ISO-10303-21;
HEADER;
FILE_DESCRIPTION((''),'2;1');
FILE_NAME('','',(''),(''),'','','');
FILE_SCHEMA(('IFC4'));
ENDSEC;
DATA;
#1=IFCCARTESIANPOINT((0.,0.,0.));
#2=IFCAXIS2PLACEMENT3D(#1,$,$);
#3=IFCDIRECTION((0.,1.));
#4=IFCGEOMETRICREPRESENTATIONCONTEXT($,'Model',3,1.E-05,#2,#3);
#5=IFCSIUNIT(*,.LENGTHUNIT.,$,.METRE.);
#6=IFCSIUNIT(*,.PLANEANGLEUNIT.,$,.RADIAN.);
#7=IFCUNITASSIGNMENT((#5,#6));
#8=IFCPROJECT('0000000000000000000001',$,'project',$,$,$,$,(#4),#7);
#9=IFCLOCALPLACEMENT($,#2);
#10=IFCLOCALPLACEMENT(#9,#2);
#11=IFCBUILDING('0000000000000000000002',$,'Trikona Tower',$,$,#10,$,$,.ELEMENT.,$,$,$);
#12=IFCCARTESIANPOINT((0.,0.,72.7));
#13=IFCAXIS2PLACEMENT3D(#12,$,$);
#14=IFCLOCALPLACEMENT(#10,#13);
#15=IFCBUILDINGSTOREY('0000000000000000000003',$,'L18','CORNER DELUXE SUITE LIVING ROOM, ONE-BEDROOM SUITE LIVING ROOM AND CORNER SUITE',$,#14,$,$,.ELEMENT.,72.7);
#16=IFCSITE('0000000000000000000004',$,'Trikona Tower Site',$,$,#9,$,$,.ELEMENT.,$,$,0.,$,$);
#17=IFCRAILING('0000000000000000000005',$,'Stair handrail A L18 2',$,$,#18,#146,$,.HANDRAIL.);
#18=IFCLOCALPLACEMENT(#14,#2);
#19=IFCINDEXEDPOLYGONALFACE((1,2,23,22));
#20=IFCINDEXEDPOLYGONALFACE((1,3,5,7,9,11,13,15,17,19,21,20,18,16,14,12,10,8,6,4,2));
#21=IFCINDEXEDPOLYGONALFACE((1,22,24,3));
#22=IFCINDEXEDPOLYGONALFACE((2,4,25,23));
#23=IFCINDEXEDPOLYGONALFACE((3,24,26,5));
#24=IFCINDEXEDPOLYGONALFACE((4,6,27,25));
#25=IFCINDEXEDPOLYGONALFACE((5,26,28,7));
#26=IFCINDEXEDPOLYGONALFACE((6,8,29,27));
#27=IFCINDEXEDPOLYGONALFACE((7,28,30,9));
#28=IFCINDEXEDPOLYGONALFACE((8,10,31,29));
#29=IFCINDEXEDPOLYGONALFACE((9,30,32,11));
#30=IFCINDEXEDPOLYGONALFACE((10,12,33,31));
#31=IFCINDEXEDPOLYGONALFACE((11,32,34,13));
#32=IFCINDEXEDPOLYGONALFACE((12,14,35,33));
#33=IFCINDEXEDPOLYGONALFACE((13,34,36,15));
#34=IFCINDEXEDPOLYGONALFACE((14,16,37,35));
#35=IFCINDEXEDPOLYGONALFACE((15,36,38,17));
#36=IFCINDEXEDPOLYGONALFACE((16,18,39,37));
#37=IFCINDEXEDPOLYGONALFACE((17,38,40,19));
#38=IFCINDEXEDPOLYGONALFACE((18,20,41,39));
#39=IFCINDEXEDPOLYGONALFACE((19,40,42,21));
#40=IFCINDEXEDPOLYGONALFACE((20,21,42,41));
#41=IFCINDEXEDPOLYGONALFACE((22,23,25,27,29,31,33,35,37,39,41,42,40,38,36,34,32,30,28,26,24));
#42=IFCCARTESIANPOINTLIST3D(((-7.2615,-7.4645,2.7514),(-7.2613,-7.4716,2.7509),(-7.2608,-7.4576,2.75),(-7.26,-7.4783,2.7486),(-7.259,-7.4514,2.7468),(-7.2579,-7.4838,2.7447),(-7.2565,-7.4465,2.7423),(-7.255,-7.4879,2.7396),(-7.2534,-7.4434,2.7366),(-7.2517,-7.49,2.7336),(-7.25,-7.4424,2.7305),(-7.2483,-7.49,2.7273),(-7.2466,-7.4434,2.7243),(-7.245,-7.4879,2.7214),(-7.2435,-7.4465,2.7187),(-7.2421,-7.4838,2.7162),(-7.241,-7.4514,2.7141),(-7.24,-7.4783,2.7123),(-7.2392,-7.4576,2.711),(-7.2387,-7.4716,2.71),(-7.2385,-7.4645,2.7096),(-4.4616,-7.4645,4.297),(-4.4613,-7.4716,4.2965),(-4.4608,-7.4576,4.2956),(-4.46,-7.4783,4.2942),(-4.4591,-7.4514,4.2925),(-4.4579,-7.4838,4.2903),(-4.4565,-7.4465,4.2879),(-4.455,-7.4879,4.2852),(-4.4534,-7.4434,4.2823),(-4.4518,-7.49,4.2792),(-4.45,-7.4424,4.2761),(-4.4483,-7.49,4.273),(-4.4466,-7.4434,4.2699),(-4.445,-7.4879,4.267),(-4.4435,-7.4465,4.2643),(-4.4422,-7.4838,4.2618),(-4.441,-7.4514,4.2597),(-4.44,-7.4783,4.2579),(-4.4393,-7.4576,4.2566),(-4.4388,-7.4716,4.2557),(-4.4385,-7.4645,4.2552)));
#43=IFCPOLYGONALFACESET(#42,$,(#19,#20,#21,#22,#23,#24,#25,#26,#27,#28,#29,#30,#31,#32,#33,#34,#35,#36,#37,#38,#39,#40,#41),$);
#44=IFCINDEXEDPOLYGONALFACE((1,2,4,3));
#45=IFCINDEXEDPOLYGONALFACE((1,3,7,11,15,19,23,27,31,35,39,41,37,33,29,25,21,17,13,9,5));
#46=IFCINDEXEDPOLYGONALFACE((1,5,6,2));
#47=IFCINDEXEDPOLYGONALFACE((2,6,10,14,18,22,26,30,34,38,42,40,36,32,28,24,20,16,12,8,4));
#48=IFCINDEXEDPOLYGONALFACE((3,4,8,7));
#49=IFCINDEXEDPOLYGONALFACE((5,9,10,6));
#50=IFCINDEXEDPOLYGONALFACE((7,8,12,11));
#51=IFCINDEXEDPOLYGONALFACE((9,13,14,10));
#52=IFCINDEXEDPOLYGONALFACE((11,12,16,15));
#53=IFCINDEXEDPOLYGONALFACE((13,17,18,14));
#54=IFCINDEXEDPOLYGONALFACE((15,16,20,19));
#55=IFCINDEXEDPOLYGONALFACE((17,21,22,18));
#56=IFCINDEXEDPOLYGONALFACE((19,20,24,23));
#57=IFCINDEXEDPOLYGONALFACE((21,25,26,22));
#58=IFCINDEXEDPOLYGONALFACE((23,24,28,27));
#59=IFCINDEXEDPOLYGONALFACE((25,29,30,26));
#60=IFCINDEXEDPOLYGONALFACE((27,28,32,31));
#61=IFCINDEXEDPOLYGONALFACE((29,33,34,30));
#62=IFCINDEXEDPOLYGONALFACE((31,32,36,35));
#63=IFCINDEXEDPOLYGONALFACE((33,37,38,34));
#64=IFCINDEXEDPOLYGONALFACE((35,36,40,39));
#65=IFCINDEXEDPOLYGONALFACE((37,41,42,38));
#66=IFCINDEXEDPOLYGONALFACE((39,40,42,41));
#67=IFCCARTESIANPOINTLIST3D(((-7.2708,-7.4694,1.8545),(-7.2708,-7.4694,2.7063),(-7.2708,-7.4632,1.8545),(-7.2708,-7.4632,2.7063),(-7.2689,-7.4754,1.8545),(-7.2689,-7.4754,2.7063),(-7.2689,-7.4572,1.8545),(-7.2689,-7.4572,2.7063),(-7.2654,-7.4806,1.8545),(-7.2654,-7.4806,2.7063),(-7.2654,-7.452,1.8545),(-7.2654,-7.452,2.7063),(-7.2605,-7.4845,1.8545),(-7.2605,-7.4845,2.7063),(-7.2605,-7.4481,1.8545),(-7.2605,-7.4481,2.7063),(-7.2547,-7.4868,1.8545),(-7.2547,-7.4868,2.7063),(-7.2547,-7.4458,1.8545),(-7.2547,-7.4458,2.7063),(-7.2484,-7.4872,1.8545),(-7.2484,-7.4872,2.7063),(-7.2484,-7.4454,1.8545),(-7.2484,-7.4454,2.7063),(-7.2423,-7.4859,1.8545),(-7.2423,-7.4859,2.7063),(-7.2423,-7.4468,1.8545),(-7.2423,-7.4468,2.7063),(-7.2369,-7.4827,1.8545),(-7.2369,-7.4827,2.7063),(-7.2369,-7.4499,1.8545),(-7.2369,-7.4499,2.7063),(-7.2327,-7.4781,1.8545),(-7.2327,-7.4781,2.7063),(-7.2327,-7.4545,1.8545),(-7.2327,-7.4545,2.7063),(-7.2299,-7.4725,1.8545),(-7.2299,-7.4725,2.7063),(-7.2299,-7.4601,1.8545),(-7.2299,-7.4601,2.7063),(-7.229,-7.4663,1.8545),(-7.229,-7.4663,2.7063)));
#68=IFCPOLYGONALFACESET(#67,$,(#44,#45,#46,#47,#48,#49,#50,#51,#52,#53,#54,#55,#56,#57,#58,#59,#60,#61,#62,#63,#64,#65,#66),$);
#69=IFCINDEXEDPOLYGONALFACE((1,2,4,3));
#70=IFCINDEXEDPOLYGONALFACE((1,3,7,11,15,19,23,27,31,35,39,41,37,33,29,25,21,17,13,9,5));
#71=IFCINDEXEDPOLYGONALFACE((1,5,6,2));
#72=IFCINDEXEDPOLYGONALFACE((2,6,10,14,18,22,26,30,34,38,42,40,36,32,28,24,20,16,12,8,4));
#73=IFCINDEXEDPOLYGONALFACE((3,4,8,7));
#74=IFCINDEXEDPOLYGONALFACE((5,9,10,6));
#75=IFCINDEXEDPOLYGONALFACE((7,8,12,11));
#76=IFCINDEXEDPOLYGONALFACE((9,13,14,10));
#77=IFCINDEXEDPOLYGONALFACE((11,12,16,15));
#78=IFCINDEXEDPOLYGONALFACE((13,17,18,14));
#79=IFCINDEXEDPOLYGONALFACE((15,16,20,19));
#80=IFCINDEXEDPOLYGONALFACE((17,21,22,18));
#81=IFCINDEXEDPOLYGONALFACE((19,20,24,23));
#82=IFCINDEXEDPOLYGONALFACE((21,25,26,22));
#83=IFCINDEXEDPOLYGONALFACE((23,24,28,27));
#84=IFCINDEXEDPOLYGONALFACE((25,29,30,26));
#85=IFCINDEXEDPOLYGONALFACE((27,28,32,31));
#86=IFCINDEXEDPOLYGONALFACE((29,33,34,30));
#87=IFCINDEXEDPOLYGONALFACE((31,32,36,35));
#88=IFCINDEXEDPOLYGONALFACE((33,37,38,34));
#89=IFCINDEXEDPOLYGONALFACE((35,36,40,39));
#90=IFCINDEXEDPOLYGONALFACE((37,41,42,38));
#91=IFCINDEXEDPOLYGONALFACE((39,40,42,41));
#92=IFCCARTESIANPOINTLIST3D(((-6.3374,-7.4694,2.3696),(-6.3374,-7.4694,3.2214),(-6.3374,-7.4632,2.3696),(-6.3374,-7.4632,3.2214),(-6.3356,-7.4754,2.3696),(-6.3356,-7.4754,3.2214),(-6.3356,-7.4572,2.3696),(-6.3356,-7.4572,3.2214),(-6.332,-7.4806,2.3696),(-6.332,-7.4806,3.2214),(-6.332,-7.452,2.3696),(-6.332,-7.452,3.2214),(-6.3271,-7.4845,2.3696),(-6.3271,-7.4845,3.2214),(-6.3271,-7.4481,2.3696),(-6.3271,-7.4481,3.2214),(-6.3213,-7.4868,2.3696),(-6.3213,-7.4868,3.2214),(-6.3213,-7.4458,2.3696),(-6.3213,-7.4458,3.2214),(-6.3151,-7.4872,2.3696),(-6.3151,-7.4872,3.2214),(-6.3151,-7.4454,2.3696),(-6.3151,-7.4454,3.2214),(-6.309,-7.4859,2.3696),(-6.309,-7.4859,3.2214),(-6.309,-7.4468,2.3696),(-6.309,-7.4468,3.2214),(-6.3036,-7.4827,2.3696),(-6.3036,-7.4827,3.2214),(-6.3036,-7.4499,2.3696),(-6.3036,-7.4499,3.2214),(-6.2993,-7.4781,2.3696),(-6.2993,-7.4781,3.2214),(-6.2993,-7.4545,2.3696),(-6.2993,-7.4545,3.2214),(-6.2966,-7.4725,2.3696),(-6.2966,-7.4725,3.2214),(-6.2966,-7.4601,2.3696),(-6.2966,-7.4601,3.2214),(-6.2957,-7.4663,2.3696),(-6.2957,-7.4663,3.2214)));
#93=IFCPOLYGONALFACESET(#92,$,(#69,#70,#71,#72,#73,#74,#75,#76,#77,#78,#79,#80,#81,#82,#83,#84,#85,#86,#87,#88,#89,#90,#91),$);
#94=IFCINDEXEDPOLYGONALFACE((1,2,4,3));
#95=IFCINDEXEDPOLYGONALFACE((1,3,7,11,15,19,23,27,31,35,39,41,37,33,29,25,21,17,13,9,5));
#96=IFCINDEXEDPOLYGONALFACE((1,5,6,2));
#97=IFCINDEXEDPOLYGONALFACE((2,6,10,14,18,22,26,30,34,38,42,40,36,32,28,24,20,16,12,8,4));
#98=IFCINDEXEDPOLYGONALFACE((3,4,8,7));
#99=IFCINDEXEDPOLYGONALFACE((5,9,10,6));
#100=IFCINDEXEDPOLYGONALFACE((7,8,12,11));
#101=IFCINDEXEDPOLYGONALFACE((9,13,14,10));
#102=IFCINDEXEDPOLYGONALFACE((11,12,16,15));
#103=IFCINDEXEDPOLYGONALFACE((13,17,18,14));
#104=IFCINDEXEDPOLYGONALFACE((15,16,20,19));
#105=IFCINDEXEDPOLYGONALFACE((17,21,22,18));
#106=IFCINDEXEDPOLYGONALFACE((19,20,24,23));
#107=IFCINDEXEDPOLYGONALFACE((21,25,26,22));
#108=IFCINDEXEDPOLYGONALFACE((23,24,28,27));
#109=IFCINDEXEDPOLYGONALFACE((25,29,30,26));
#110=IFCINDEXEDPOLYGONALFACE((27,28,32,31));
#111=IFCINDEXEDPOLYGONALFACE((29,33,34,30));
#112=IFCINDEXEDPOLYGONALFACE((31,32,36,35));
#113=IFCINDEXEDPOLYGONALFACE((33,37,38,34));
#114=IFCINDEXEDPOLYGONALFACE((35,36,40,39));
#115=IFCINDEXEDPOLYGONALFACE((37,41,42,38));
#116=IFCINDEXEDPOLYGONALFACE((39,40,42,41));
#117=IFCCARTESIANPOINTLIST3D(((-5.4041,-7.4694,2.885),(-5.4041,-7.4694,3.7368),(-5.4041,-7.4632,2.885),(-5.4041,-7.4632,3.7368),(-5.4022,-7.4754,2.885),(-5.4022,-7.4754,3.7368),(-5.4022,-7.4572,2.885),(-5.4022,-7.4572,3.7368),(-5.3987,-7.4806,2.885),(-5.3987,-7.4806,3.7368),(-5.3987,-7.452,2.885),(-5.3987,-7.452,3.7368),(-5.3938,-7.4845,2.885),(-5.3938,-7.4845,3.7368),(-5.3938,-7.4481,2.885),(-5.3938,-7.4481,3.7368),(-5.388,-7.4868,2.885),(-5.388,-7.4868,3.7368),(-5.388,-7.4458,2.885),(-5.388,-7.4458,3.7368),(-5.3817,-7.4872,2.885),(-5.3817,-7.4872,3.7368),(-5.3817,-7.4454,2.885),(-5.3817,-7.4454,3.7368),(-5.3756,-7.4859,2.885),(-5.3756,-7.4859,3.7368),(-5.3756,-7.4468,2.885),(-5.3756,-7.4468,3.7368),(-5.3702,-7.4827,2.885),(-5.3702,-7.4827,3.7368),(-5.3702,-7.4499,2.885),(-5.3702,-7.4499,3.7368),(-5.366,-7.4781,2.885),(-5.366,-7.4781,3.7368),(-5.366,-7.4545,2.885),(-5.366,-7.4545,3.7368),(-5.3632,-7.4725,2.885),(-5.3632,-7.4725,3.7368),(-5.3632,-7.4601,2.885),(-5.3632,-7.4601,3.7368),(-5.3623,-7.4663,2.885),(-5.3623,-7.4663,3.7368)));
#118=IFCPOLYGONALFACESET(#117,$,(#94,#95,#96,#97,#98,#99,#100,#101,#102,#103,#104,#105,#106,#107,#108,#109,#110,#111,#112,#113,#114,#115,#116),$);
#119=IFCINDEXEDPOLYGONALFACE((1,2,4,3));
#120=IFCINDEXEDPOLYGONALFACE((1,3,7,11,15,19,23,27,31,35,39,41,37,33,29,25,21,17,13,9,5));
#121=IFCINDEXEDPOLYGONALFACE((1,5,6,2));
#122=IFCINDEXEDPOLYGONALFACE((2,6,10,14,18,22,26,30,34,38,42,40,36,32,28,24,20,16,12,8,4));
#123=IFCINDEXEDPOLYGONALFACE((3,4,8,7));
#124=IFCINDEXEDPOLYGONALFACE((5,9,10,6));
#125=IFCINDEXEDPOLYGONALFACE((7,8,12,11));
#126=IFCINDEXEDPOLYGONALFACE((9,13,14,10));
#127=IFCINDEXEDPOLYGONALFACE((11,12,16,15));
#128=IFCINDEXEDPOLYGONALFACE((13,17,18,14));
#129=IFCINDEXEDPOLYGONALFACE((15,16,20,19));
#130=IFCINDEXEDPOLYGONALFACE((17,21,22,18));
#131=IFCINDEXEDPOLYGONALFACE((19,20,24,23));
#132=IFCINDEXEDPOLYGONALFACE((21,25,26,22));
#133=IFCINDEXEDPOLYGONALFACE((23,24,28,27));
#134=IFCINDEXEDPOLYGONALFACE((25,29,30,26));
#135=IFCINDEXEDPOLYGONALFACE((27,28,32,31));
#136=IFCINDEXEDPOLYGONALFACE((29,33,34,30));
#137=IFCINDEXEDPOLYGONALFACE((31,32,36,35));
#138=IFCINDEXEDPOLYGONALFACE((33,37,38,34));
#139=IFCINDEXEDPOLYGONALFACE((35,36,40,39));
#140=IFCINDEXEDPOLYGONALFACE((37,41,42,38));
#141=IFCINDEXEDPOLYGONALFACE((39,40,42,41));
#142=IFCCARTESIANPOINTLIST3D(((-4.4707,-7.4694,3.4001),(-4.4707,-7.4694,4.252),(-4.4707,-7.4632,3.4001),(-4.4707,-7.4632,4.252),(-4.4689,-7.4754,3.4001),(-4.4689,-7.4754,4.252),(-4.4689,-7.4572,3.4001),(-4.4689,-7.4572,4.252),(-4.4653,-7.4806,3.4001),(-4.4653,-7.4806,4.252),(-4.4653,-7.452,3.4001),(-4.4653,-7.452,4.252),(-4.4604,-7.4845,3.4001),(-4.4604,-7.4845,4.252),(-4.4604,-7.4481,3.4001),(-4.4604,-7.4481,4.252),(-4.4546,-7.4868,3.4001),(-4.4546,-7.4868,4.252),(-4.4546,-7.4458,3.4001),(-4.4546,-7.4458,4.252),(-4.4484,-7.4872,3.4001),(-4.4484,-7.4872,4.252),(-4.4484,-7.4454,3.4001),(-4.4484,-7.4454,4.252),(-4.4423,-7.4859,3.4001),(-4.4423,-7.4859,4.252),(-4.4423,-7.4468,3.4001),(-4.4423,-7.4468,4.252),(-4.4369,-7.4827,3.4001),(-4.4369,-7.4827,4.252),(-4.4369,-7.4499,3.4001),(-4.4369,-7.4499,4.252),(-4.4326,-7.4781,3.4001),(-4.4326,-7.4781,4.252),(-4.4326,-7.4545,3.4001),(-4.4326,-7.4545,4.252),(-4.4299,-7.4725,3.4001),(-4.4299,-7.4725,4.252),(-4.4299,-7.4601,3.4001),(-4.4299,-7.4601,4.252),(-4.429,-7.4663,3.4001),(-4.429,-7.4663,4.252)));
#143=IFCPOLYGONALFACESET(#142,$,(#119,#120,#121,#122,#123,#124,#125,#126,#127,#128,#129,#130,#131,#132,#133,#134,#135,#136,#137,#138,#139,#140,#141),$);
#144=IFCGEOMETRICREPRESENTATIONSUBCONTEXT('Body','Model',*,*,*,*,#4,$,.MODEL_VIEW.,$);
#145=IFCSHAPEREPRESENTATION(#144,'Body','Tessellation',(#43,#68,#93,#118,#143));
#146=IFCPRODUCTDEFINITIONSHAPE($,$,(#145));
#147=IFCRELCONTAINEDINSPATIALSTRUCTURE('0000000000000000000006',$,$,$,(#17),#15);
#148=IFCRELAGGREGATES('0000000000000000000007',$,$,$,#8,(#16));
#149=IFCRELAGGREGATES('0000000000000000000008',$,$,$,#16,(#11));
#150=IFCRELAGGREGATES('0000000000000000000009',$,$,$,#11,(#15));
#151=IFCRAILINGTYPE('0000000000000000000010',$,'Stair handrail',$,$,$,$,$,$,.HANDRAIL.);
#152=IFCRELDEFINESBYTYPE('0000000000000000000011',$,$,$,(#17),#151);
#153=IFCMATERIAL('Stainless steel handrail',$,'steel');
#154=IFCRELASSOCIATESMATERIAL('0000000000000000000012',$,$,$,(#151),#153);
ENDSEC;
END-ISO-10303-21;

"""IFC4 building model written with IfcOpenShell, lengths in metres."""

from ifc_helpers import new_model, si_unit, direction, frame, origin, origin_2d, place, context, subcontext, project, spatial, circle, extrude, material, type_object, element, save


model = new_model("IFC4")

# Units and contexts
model_context = context("Model", 3, precision=1e-05, world=origin(), true_north=direction((0.0, 1.0)))
body_context = subcontext(model_context, "Body", "Model", "MODEL_VIEW")
ifc_project = project(units=[si_unit("LENGTHUNIT", "METRE"), si_unit("PLANEANGLEUNIT", "RADIAN")], contexts=[model_context])

# Site, building, storey
site_placement = place(None, origin())
site = spatial("IfcSite", under=ifc_project, at=site_placement, Name="Trikona Tower Site", CompositionType="ELEMENT", RefElevation=0.0)
building_placement = place(site_placement, origin())
building = spatial("IfcBuilding", under=site, at=building_placement, Name="Trikona Tower", CompositionType="ELEMENT")
storey_placement = place(building_placement, frame((0.0, 0.0, 72.7)))
storey = spatial("IfcBuildingStorey", under=building, at=storey_placement, Name="L18", Description="CORNER DELUXE SUITE LIVING ROOM, ONE-BEDROOM SUITE LIVING ROOM AND CORNER SUITE", CompositionType="ELEMENT", Elevation=72.7)

# Railing
ifc_material_1 = material(Name="Stainless steel handrail", Category="steel")
railing_type = type_object("IfcRailingType", Name="Stair handrail", PredefinedType="HANDRAIL", material=ifc_material_1)
railing_placement = place(storey_placement, frame((-7.25, -7.4663, 1.8545)))
element("IfcRailing", 1, at=railing_placement, inside=storey, type_object=railing_type, Name="Stair handrail A L18 2", PredefinedType="HANDRAIL", context=body_context, shape_type="SweptSolid", body=[
    extrude(circle(Radius=0.0239, at=origin_2d()), frame((0.0, 0.0, 0.876), z_axis=(0.875472, 0.0, 0.483269), x_axis=(0.0, 1.0, 0.0)), (0.0, 0.0, 1.0), 3.1982),
    extrude(circle(Radius=0.021, at=origin_2d()), origin(), (0.0, 0.0, 1.0), 0.8518),
    extrude(circle(Radius=0.021, at=origin_2d()), frame((0.9333, 0.0, 0.5151)), (0.0, 0.0, 1.0), 0.8518),
    extrude(circle(Radius=0.021, at=origin_2d()), frame((1.8667, 0.0, 1.0305)), (0.0, 0.0, 1.0), 0.8518),
    extrude(circle(Radius=0.021, at=origin_2d()), frame((2.8, 0.0, 1.5457)), (0.0, 0.0, 1.0), 0.8518),
])

save(model, "model.ifc")
